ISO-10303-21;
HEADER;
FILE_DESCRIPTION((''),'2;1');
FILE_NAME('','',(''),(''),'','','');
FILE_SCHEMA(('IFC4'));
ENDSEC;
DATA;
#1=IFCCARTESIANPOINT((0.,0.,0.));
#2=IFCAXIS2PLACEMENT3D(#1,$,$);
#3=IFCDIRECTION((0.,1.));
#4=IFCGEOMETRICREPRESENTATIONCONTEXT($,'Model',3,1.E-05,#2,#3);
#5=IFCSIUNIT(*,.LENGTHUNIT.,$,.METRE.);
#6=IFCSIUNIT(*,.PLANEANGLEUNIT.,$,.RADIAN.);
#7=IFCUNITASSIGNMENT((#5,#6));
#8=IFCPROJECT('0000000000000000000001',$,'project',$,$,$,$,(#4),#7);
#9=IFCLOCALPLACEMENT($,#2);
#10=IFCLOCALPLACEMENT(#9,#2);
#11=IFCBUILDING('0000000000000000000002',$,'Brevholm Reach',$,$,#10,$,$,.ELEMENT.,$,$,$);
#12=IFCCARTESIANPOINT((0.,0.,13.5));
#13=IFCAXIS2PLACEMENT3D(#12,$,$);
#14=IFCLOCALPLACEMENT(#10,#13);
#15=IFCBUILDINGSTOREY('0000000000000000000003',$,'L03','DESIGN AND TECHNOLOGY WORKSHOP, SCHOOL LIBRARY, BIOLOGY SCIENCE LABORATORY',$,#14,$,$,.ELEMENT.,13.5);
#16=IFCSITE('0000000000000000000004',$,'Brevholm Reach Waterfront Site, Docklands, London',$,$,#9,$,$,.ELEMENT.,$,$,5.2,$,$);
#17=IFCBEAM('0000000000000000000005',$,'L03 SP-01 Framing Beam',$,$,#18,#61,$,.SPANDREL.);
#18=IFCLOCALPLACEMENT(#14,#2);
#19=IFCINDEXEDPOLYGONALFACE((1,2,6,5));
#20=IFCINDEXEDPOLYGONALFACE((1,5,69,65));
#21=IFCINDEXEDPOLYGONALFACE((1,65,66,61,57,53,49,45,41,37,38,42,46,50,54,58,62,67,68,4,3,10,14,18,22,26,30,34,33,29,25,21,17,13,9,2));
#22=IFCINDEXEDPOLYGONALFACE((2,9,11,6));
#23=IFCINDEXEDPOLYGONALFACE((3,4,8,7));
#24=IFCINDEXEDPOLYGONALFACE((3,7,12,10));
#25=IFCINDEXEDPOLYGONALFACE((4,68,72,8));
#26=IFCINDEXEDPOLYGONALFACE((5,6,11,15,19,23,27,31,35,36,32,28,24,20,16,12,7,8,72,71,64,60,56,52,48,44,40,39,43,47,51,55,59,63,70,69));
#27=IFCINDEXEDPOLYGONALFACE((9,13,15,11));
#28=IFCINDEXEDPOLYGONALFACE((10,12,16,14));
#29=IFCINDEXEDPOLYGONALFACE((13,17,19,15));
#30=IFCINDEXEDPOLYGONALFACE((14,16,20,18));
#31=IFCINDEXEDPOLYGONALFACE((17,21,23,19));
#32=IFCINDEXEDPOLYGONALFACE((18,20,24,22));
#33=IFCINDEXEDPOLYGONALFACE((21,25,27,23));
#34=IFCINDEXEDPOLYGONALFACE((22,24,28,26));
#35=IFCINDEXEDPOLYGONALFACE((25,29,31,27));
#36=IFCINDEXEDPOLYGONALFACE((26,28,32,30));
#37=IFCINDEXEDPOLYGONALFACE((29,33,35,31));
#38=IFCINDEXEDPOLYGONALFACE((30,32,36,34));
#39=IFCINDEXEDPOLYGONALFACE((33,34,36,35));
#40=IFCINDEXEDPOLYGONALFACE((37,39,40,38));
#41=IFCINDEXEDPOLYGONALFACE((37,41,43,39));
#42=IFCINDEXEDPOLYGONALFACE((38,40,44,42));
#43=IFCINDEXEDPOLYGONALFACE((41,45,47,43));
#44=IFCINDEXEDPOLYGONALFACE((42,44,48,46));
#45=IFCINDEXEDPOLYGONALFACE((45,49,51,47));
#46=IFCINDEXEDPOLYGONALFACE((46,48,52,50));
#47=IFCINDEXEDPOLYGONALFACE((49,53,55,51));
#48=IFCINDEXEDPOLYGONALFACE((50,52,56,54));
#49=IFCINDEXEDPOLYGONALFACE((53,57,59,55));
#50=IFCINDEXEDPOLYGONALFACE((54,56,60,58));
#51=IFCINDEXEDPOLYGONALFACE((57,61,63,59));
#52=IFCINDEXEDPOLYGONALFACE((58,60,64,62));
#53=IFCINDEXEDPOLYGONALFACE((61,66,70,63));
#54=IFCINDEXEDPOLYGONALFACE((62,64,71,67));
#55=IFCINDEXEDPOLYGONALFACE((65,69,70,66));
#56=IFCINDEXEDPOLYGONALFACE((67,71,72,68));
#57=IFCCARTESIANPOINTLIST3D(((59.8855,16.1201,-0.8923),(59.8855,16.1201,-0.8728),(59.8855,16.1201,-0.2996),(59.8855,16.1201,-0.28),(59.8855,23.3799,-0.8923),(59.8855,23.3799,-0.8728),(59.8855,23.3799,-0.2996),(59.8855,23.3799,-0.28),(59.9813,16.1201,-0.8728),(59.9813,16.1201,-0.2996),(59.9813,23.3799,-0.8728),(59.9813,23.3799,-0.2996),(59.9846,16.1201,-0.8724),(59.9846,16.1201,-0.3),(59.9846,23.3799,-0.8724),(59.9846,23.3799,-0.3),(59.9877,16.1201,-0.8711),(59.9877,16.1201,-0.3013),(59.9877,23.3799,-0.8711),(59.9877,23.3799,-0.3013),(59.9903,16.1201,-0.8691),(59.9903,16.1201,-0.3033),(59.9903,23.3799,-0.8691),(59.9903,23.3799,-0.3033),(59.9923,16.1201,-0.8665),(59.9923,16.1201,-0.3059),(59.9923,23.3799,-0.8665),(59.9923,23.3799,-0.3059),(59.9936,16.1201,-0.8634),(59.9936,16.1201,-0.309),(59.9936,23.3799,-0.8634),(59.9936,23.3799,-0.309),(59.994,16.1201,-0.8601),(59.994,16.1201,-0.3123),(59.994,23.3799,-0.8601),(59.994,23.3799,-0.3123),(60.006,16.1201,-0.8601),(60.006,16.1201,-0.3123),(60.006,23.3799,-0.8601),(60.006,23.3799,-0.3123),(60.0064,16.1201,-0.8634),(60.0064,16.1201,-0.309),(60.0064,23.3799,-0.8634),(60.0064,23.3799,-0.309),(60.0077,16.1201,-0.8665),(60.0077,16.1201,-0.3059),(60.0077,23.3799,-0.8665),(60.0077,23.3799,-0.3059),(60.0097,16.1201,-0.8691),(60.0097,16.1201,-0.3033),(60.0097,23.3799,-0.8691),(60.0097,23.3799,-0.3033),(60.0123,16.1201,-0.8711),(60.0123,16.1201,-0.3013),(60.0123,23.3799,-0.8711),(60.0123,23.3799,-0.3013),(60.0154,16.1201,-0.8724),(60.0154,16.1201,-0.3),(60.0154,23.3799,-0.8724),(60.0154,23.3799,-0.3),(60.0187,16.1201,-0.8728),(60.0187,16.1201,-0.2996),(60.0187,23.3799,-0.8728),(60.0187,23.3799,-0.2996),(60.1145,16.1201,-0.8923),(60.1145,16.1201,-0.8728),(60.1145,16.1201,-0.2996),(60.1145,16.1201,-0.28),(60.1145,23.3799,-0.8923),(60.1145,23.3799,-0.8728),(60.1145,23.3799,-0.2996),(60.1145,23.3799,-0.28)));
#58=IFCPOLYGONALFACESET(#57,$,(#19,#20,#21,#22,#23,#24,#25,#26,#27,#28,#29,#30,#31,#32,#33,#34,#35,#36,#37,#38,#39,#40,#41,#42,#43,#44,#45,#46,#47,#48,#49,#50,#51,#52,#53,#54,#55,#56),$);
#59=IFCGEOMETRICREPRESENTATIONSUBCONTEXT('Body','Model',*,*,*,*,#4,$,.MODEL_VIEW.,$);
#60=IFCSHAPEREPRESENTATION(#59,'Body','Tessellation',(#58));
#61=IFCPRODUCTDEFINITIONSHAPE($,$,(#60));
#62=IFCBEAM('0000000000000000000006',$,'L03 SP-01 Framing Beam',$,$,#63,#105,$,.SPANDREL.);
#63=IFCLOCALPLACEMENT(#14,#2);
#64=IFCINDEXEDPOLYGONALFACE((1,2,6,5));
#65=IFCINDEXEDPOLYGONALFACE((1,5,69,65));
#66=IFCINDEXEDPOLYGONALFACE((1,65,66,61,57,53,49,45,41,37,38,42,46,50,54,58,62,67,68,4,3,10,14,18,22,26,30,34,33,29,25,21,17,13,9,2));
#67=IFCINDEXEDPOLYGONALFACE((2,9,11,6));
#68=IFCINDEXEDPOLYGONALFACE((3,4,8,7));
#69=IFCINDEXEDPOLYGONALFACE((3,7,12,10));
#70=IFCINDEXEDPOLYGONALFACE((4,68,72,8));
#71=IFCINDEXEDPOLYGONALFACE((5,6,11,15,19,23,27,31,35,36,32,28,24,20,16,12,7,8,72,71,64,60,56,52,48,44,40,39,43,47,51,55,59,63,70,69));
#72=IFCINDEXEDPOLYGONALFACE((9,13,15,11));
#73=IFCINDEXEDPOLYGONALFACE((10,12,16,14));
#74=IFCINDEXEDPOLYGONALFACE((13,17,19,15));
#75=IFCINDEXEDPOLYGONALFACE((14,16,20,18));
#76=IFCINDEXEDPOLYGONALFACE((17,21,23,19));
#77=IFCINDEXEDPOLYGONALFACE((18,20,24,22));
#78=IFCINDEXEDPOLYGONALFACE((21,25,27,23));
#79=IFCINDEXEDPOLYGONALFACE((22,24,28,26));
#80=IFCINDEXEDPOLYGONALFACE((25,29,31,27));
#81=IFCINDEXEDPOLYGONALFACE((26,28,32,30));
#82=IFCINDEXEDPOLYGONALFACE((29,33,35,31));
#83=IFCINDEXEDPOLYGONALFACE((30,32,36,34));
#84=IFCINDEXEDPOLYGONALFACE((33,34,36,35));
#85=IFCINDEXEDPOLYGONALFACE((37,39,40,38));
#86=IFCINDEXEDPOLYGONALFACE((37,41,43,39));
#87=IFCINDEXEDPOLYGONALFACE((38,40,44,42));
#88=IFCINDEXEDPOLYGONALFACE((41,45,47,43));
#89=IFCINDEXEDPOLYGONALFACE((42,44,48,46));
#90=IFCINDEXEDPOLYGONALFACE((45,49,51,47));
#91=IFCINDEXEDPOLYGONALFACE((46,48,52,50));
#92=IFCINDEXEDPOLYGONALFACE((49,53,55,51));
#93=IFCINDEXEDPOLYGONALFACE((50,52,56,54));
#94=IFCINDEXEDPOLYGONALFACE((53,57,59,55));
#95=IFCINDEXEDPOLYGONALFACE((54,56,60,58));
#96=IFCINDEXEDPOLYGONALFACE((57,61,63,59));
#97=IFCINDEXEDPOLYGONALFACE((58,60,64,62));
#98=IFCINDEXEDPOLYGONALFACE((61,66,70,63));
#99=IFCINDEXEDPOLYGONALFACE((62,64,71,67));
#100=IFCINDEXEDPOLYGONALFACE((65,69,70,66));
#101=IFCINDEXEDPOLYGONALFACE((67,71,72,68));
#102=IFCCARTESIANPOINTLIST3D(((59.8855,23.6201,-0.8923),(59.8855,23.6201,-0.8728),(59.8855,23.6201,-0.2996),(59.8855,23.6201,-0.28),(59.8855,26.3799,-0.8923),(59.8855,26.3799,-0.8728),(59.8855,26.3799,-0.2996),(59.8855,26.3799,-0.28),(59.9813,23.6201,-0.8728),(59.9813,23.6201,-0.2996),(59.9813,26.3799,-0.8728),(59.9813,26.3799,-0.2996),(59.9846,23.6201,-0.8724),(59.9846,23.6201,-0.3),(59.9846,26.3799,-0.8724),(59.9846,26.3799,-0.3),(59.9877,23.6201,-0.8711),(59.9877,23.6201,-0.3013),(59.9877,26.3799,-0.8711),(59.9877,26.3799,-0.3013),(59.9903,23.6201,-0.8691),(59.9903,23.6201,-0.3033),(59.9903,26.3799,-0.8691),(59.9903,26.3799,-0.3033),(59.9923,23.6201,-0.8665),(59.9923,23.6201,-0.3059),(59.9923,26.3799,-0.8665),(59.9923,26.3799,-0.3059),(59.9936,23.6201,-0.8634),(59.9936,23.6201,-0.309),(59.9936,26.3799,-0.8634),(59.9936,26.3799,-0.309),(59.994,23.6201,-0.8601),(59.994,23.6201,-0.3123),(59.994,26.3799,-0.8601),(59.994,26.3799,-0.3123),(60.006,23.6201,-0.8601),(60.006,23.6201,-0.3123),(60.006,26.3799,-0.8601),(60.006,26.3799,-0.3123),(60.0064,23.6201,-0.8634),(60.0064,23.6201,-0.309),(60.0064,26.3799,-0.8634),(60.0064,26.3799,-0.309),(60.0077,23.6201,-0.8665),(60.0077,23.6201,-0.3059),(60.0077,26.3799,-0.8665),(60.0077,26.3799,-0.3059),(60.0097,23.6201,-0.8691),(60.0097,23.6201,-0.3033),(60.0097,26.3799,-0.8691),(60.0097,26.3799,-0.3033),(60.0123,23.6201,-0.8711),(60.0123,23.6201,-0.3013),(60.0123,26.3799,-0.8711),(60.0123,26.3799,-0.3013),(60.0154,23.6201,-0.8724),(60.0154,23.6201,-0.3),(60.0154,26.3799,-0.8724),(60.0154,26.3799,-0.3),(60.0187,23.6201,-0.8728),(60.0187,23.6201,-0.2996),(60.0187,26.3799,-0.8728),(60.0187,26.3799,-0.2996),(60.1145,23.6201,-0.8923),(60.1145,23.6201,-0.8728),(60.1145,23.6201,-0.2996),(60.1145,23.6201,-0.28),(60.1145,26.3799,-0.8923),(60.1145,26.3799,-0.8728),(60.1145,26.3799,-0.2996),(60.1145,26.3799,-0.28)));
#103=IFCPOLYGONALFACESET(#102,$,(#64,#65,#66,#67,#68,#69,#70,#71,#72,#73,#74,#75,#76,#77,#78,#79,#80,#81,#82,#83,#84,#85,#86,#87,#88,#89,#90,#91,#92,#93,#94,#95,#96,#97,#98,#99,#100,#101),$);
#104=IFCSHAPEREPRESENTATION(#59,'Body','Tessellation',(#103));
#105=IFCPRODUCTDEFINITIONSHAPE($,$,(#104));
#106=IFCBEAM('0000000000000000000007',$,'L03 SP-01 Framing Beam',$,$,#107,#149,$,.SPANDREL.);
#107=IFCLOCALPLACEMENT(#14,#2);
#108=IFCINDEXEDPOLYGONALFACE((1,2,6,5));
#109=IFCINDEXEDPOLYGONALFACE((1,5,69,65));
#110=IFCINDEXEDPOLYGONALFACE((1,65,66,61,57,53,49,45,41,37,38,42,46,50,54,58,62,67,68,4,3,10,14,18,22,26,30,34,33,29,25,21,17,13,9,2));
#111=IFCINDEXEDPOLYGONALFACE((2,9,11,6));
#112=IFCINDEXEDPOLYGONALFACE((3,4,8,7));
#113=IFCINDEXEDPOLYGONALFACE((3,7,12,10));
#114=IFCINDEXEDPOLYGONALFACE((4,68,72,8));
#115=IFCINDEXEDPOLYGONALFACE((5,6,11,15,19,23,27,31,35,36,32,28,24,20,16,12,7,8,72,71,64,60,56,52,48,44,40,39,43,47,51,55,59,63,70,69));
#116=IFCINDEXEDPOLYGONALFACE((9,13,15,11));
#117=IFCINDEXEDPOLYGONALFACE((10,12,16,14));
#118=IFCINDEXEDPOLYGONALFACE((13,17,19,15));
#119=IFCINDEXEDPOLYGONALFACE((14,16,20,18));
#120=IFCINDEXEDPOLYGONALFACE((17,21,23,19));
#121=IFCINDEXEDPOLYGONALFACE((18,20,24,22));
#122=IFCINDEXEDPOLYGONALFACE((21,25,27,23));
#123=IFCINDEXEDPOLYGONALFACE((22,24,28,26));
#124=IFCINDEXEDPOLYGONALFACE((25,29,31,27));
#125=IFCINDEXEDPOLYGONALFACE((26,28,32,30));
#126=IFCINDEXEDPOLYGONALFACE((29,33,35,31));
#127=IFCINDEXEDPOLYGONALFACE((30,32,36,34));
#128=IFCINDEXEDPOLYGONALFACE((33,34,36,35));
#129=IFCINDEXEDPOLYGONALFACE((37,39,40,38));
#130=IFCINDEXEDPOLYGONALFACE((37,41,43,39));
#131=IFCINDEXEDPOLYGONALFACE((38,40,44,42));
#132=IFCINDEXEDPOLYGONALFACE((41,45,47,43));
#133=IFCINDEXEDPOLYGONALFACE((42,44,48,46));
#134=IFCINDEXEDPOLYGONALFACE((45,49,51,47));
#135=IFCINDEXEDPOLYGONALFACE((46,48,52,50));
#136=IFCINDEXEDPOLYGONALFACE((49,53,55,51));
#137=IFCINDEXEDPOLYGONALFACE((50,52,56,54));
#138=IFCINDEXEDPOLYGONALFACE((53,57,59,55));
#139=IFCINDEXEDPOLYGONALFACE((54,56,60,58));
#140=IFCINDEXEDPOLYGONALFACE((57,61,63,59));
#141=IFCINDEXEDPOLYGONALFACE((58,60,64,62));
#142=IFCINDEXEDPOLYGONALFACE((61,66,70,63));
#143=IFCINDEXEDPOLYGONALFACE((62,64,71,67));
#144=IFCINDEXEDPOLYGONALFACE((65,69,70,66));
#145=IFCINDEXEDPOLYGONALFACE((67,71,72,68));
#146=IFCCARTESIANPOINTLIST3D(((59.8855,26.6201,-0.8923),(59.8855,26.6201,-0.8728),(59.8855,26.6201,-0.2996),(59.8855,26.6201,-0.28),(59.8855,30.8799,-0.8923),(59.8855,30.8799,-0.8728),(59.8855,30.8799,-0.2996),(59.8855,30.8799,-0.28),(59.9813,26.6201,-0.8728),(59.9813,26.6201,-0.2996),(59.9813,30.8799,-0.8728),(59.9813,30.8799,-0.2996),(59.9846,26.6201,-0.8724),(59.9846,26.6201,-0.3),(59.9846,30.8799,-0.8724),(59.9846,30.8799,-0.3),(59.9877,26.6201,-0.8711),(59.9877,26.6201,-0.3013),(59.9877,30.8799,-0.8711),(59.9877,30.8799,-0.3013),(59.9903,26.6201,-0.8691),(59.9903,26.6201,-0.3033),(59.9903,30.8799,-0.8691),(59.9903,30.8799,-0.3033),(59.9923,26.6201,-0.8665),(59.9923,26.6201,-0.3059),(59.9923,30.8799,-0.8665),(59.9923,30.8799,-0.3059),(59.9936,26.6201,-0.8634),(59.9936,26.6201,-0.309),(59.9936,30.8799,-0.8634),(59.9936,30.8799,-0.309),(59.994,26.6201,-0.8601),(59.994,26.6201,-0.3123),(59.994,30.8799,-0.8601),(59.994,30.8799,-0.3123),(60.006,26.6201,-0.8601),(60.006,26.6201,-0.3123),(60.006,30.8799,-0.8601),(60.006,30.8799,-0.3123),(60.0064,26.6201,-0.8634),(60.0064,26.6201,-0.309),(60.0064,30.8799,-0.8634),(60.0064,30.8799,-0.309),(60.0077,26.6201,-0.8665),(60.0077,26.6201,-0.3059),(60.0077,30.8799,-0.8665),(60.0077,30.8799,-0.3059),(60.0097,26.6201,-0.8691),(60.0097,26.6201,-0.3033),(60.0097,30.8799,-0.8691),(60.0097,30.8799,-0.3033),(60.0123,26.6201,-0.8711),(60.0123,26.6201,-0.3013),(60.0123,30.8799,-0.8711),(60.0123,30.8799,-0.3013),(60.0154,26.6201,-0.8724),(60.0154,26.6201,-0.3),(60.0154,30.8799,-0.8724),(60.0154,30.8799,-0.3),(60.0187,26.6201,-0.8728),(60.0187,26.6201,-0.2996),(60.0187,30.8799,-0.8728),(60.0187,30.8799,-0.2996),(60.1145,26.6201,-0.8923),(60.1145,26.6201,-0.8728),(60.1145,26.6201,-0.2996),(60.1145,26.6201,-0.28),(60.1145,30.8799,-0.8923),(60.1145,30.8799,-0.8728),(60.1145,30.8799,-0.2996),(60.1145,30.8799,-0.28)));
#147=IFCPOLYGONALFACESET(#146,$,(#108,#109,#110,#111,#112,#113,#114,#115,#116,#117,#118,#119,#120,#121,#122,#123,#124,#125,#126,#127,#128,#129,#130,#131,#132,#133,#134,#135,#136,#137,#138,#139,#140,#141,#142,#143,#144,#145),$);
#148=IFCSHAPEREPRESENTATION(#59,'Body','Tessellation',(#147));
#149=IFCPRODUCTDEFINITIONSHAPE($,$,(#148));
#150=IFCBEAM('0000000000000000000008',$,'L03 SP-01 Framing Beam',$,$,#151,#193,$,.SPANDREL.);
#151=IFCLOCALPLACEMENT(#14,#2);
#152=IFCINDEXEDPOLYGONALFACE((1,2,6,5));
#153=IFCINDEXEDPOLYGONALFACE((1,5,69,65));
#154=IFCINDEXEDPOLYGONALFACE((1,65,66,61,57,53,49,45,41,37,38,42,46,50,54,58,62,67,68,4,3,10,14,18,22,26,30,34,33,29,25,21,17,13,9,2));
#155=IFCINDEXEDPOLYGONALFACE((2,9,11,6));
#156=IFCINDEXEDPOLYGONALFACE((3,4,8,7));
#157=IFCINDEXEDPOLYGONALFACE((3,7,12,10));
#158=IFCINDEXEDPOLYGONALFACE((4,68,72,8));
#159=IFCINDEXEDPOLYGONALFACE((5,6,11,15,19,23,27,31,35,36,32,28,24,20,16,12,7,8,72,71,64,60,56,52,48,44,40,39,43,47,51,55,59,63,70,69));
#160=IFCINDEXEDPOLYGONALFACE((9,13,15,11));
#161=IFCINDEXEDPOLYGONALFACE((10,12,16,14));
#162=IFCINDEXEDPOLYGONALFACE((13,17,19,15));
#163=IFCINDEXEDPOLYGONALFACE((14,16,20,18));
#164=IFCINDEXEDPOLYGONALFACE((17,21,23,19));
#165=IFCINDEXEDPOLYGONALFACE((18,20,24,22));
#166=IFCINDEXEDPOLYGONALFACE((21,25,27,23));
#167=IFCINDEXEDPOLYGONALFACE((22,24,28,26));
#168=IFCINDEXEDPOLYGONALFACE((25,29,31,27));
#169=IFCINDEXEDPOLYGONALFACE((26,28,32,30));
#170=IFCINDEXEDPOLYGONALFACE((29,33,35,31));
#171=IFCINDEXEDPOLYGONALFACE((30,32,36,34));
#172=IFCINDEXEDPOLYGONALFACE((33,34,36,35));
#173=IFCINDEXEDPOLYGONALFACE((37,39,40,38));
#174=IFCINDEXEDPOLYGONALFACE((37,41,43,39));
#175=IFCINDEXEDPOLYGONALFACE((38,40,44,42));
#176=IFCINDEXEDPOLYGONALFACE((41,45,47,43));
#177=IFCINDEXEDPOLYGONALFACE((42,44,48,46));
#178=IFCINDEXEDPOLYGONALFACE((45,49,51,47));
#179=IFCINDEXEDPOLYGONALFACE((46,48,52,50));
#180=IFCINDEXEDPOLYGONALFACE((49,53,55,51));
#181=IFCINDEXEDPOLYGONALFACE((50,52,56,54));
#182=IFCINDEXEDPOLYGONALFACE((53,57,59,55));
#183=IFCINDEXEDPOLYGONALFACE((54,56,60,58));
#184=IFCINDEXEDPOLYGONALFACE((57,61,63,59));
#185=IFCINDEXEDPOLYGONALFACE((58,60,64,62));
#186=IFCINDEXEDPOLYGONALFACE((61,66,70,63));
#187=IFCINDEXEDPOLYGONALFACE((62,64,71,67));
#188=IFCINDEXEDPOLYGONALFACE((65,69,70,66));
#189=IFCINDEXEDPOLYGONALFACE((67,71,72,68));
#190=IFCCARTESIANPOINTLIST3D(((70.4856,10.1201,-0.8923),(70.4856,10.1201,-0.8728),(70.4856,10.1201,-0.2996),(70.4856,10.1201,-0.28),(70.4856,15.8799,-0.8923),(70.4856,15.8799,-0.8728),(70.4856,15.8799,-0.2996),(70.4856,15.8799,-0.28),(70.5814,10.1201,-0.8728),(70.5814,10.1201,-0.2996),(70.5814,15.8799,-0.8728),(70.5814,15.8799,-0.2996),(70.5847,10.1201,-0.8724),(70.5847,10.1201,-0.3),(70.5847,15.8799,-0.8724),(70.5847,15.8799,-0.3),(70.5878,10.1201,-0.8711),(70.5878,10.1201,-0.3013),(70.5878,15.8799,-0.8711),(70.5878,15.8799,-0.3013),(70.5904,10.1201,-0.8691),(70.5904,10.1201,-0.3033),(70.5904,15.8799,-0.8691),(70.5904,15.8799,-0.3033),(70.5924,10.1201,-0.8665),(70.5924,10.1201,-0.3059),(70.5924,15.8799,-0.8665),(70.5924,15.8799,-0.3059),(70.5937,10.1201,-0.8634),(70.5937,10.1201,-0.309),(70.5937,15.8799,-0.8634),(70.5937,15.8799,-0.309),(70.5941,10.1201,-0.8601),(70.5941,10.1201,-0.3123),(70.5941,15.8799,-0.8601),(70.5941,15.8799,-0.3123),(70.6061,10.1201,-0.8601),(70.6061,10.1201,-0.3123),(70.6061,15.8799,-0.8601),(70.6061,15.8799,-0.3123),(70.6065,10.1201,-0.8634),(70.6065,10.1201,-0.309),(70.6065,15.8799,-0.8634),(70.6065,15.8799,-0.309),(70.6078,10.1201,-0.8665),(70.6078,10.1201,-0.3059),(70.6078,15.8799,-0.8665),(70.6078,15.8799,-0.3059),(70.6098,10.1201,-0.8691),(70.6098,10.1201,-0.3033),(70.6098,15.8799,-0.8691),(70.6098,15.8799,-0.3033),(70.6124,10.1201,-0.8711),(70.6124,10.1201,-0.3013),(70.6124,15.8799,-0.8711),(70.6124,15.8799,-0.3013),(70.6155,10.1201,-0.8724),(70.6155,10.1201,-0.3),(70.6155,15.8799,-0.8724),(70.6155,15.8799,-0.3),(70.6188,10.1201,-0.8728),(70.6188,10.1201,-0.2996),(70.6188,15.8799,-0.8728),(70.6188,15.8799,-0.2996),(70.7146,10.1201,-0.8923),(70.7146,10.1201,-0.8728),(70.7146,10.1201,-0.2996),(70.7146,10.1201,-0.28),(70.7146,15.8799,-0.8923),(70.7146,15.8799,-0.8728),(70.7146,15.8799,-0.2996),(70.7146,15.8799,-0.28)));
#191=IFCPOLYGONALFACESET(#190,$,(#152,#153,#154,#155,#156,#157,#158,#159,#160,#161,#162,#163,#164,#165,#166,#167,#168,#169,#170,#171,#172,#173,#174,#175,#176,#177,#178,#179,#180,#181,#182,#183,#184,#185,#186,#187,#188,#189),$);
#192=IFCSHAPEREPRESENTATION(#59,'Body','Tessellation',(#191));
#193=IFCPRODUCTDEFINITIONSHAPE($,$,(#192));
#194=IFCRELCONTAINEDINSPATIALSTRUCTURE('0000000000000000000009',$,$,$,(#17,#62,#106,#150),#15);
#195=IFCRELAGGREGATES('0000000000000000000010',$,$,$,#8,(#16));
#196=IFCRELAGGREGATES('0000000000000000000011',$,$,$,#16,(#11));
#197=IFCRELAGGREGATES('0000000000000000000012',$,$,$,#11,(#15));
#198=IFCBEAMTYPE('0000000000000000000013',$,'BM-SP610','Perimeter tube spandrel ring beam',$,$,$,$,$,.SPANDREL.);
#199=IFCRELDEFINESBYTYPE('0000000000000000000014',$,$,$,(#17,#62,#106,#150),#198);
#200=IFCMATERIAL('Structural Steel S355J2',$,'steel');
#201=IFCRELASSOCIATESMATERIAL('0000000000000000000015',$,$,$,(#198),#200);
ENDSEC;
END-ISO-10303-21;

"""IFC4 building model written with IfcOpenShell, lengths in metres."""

from ifc_helpers import new_model, si_unit, direction, frame, origin, origin_2d, place, context, subcontext, project, spatial, i_section, extrude, material, material_profile, profile_set, type_object, element, save


model = new_model("IFC4")

# Units and contexts
model_context = context("Model", 3, precision=1e-05, world=origin(), true_north=direction((0.0, 1.0)))
body_context = subcontext(model_context, "Body", "Model", "MODEL_VIEW")
ifc_project = project(units=[si_unit("LENGTHUNIT", "METRE"), si_unit("PLANEANGLEUNIT", "RADIAN")], contexts=[model_context])

# Site, building, storey
site_placement = place(None, origin())
site = spatial("IfcSite", under=ifc_project, at=site_placement, Name="Brevholm Reach Waterfront Site, Docklands, London", CompositionType="ELEMENT", RefElevation=5.2)
building_placement = place(site_placement, origin())
building = spatial("IfcBuilding", under=site, at=building_placement, Name="Brevholm Reach", CompositionType="ELEMENT")
storey_placement = place(building_placement, frame((0.0, 0.0, 13.5)))
storey = spatial("IfcBuildingStorey", under=building, at=storey_placement, Name="L03", Description="DESIGN AND TECHNOLOGY WORKSHOP, SCHOOL LIBRARY, BIOLOGY SCIENCE LABORATORY", CompositionType="ELEMENT", Elevation=13.5)

# Beams
ifc_material_1 = material(Name="Structural Steel S355J2", Category="steel")
ifc_material_profile_1 = material_profile(ifc_material_1, i_section(OverallWidth=0.229, OverallDepth=0.6123, WebThickness=0.012, FlangeThickness=0.0195, FilletRadius=0.0127, at=origin_2d()), Name="UKB 610x229x125")
ifc_profile_set_1 = profile_set([ifc_material_profile_1], Name="Structural Steel S355J2")
beam_type_1 = type_object("IfcBeamType", Name="BM-SP610", Description="Perimeter tube spandrel ring beam", PredefinedType="SPANDREL", material=ifc_profile_set_1)
beam_1_placement = place(storey_placement, frame((60.0, 16.1201, -0.5862), z_axis=(0.0, 1.0, 0.0), x_axis=(-1.0, 0.0, 0.0)))
element("IfcBeam", 1, at=beam_1_placement, inside=storey, type_object=beam_type_1, Name="L03 SP-01 Framing Beam", PredefinedType="SPANDREL", context=body_context, shape_type="SweptSolid", body=[
    extrude(i_section(OverallWidth=0.229, OverallDepth=0.6123, WebThickness=0.012, FlangeThickness=0.0195, FilletRadius=0.0127, at=origin_2d()), origin(), (0.0, 0.0, 1.0), 7.2598),
])
beam_2_placement = place(storey_placement, frame((60.0, 23.6201, -0.5862), z_axis=(0.0, 1.0, 0.0), x_axis=(-1.0, 0.0, 0.0)))
element("IfcBeam", 2, at=beam_2_placement, inside=storey, type_object=beam_type_1, Name="L03 SP-01 Framing Beam", PredefinedType="SPANDREL", context=body_context, shape_type="SweptSolid", body=[
    extrude(i_section(OverallWidth=0.229, OverallDepth=0.6123, WebThickness=0.012, FlangeThickness=0.0195, FilletRadius=0.0127, at=origin_2d()), origin(), (0.0, 0.0, 1.0), 2.7598),
])
beam_3_placement = place(storey_placement, frame((60.0, 26.6201, -0.5862), z_axis=(0.0, 1.0, 0.0), x_axis=(-1.0, 0.0, 0.0)))
element("IfcBeam", 3, at=beam_3_placement, inside=storey, type_object=beam_type_1, Name="L03 SP-01 Framing Beam", PredefinedType="SPANDREL", context=body_context, shape_type="SweptSolid", body=[
    extrude(i_section(OverallWidth=0.229, OverallDepth=0.6123, WebThickness=0.012, FlangeThickness=0.0195, FilletRadius=0.0127, at=origin_2d()), origin(), (0.0, 0.0, 1.0), 4.2598),
])
beam_4_placement = place(storey_placement, frame((70.6001, 10.1201, -0.5862), z_axis=(0.0, 1.0, 0.0), x_axis=(-1.0, 0.0, 0.0)))
element("IfcBeam", 4, at=beam_4_placement, inside=storey, type_object=beam_type_1, Name="L03 SP-01 Framing Beam", PredefinedType="SPANDREL", context=body_context, shape_type="SweptSolid", body=[
    extrude(i_section(OverallWidth=0.229, OverallDepth=0.6123, WebThickness=0.012, FlangeThickness=0.0195, FilletRadius=0.0127, at=origin_2d()), origin(), (0.0, 0.0, 1.0), 5.7598),
])

save(model, "model.ifc")
